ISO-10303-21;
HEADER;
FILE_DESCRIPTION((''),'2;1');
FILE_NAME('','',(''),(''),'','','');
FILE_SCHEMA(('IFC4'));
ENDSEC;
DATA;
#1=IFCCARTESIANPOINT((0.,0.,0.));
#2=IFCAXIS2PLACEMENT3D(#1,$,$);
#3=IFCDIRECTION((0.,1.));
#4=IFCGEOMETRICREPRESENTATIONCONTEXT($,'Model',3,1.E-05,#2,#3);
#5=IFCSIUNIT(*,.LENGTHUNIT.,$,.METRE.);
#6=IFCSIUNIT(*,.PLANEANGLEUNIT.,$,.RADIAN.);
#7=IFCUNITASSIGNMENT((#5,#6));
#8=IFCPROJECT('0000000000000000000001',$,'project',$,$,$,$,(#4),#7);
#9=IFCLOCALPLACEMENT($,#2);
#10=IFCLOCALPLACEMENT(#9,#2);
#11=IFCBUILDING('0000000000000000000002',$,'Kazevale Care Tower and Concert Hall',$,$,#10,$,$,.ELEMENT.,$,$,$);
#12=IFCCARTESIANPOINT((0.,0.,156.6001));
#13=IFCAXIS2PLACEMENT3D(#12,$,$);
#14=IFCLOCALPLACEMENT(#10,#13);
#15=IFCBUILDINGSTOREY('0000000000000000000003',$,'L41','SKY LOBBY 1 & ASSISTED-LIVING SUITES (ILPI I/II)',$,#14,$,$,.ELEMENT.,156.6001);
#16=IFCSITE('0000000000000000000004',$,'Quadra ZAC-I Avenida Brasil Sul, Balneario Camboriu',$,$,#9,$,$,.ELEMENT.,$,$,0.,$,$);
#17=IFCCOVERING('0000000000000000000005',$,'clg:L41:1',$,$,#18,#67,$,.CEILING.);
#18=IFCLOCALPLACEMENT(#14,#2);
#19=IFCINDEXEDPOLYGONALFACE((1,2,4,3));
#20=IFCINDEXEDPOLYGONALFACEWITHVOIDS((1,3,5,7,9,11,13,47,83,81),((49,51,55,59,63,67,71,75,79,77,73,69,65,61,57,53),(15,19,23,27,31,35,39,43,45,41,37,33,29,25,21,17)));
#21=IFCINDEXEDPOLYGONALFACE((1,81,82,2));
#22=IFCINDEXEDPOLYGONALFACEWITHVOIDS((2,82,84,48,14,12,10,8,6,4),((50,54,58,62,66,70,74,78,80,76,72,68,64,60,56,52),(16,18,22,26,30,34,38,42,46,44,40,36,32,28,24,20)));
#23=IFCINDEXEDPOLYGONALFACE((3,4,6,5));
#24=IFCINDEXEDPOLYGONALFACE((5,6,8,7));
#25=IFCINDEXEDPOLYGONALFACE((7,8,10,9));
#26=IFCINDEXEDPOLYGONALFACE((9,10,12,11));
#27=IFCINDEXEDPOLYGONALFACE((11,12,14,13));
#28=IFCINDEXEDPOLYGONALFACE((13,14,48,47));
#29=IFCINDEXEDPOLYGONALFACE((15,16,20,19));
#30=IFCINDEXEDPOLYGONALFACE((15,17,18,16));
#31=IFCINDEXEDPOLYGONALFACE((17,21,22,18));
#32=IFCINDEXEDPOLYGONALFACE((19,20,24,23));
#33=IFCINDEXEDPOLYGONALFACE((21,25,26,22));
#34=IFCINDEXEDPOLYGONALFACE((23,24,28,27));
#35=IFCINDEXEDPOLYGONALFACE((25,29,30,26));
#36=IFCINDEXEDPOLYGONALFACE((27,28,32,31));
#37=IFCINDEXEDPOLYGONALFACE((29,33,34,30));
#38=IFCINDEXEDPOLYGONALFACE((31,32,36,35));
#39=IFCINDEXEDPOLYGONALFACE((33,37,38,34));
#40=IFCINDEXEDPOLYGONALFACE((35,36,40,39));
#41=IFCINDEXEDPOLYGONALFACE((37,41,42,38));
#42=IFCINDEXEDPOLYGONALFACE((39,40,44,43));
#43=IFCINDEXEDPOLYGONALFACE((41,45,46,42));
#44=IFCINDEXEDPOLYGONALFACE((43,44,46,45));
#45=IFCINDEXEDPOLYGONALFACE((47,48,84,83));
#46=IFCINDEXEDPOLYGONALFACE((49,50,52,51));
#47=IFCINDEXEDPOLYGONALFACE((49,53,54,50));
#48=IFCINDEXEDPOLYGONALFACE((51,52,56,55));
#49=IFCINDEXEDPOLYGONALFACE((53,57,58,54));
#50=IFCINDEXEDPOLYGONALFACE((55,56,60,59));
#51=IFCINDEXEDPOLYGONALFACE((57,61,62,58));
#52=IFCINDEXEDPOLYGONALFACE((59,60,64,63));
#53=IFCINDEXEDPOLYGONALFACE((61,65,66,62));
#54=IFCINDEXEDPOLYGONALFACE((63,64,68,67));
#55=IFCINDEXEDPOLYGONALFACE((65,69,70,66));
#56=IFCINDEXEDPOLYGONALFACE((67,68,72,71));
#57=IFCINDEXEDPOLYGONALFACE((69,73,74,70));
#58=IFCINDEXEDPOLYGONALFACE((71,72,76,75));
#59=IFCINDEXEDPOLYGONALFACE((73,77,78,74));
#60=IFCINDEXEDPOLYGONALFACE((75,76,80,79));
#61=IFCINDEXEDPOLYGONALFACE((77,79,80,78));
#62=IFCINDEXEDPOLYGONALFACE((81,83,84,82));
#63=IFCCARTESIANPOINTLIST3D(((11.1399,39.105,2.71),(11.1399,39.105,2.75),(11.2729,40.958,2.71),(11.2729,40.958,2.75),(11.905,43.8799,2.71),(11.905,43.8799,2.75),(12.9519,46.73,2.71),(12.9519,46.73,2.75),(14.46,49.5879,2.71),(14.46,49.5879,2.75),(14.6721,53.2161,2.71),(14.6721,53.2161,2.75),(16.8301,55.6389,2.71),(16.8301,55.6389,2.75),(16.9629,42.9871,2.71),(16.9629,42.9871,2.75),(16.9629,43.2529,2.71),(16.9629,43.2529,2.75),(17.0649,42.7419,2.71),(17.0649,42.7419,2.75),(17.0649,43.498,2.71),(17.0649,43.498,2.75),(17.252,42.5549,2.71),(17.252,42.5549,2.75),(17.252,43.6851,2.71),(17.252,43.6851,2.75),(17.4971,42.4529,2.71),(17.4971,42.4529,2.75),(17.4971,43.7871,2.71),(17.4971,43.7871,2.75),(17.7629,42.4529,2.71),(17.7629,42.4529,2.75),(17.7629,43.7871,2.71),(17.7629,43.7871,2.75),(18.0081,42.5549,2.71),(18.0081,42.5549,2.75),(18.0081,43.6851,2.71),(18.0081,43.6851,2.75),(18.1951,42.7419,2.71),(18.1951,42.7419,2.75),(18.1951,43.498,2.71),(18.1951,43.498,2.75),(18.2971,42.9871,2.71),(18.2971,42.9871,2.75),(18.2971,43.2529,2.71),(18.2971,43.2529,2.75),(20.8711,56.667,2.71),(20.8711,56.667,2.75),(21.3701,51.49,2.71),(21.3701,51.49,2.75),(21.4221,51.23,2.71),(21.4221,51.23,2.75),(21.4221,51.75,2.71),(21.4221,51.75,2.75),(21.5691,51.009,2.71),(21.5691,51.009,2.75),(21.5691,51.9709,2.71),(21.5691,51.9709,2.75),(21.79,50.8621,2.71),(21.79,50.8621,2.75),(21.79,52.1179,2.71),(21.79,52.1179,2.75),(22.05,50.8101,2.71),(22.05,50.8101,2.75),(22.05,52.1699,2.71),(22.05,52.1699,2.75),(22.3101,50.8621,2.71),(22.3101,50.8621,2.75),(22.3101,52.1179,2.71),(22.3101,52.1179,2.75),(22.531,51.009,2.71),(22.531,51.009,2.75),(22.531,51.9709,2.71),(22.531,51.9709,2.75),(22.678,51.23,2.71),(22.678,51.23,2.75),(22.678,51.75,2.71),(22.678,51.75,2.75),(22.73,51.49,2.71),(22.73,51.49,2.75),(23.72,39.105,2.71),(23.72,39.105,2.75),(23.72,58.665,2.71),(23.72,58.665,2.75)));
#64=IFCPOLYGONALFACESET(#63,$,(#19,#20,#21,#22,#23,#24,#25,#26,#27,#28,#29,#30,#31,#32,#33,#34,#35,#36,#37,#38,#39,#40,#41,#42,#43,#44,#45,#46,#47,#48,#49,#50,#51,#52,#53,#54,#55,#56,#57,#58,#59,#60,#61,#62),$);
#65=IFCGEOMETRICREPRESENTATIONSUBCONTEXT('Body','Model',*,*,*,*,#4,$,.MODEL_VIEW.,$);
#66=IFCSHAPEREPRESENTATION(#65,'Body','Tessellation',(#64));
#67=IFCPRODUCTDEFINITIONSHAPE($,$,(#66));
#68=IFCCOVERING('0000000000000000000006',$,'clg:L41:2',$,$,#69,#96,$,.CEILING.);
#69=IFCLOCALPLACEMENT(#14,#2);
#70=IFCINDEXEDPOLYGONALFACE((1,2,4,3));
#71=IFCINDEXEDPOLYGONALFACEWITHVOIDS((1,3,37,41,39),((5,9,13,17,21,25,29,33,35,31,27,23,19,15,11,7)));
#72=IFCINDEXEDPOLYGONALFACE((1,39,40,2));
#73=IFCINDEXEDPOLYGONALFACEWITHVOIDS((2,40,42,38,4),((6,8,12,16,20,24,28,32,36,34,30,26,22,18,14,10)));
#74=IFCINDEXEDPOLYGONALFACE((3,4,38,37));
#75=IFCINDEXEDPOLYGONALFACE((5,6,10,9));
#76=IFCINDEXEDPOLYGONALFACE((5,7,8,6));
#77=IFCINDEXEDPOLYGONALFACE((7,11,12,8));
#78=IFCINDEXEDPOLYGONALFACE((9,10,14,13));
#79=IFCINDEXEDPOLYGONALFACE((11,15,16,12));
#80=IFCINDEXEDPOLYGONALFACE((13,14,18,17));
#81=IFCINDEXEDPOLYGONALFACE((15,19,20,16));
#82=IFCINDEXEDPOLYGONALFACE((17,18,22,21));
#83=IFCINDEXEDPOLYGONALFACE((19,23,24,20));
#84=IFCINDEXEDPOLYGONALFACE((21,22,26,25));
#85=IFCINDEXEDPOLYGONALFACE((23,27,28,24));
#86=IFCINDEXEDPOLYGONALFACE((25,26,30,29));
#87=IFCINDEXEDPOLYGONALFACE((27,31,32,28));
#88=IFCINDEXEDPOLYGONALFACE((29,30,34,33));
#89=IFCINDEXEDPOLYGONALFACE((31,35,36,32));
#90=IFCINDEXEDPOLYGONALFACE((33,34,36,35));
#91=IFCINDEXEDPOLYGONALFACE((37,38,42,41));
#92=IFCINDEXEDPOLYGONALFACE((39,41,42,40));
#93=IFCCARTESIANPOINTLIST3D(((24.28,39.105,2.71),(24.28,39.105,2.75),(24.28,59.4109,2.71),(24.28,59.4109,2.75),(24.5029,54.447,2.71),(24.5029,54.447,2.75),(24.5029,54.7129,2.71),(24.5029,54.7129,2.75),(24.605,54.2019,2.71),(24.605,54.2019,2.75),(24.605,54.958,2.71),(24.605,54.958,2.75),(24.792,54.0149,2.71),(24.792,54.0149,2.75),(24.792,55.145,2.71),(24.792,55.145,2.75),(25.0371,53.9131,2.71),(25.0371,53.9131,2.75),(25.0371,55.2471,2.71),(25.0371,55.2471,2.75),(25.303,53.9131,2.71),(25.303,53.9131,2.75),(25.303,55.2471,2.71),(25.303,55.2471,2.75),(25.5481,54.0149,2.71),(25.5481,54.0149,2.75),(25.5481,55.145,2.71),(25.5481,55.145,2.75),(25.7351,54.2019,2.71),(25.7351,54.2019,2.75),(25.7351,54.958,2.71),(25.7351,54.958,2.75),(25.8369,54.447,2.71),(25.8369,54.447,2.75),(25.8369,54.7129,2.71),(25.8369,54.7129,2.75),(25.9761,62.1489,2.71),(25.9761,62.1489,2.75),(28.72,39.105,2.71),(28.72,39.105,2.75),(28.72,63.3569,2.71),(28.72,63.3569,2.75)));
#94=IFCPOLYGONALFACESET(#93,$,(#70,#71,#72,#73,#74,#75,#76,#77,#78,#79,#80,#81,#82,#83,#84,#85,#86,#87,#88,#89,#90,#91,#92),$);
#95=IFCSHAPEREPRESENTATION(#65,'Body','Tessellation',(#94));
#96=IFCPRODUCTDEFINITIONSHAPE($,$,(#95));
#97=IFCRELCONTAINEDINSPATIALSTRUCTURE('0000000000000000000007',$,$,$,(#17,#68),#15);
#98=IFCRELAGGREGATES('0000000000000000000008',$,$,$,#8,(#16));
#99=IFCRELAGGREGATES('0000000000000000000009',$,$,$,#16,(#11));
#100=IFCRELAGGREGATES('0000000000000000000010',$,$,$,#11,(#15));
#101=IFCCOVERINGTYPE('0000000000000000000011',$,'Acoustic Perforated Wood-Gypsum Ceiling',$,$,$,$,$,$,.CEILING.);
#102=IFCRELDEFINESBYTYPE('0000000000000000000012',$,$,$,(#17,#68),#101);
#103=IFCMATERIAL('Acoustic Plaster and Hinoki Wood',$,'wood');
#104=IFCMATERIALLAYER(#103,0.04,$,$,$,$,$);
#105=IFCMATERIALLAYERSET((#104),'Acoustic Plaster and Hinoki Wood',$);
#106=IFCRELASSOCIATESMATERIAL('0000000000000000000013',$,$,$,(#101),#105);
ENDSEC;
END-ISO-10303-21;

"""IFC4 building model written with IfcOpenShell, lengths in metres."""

from ifc_helpers import new_model, si_unit, direction, frame, origin, place, context, subcontext, project, spatial, polyline, outline, extrude, material, layer, layer_set, type_object, element, save


model = new_model("IFC4")

# Units and contexts
model_context = context("Model", 3, precision=1e-05, world=origin(), true_north=direction((0.0, 1.0)))
body_context = subcontext(model_context, "Body", "Model", "MODEL_VIEW")
ifc_project = project(units=[si_unit("LENGTHUNIT", "METRE"), si_unit("PLANEANGLEUNIT", "RADIAN")], contexts=[model_context])

# Site, building, storey
site_placement = place(None, origin())
site = spatial("IfcSite", under=ifc_project, at=site_placement, Name="Quadra ZAC-I Avenida Brasil Sul, Balneario Camboriu", CompositionType="ELEMENT", RefElevation=0.0)
building_placement = place(site_placement, origin())
building = spatial("IfcBuilding", under=site, at=building_placement, Name="Kazevale Care Tower and Concert Hall", CompositionType="ELEMENT")
storey_placement = place(building_placement, frame((0.0, 0.0, 156.6001)))
storey = spatial("IfcBuildingStorey", under=building, at=storey_placement, Name="L41", Description="SKY LOBBY 1 & ASSISTED-LIVING SUITES (ILPI I/II)", CompositionType="ELEMENT", Elevation=156.6001)

# Coverings
ifc_material_1 = material(Name="Acoustic Plaster and Hinoki Wood", Category="wood")
ifc_layer_1 = layer(ifc_material_1, 0.04)
ifc_layer_set_1 = layer_set([ifc_layer_1], Name="Acoustic Plaster and Hinoki Wood")
covering_type = type_object("IfcCoveringType", Name="Acoustic Perforated Wood-Gypsum Ceiling", PredefinedType="CEILING", material=ifc_layer_set_1)
covering_1_placement = place(storey_placement, frame((0.0, 0.0, 2.71)))
element("IfcCovering", 1, at=covering_1_placement, inside=storey, type_object=covering_type, Name="clg:L41:1", PredefinedType="CEILING", context=body_context, shape_type="SweptSolid", body=[
    extrude(outline(polyline([(11.905, 43.8799), (12.9519, 46.73), (14.46, 49.5879), (14.6721, 53.2161), (16.8301, 55.6389), (20.8711, 56.667), (23.72, 58.665), (23.72, 39.105), (11.1399, 39.105), (11.2729, 40.958), (11.905, 43.8799)]), holes=[polyline([(22.678, 51.75), (22.531, 51.9709), (22.3101, 52.1179), (22.05, 52.1699), (21.79, 52.1179), (21.5691, 51.9709), (21.4221, 51.75), (21.3701, 51.49), (21.4221, 51.23), (21.5691, 51.009), (21.79, 50.8621), (22.05, 50.8101), (22.3101, 50.8621), (22.531, 51.009), (22.678, 51.23), (22.73, 51.49), (22.678, 51.75)]), polyline([(18.2971, 43.2529), (18.1951, 43.498), (18.0081, 43.6851), (17.7629, 43.7871), (17.4971, 43.7871), (17.252, 43.6851), (17.0649, 43.498), (16.9629, 43.2529), (16.9629, 42.9871), (17.0649, 42.7419), (17.252, 42.5549), (17.4971, 42.4529), (17.7629, 42.4529), (18.0081, 42.5549), (18.1951, 42.7419), (18.2971, 42.9871), (18.2971, 43.2529)])]), origin(), (0.0, 0.0, 1.0), 0.04),
])
covering_2_placement = place(storey_placement, frame((0.0, 0.0, 2.71)))
element("IfcCovering", 2, at=covering_2_placement, inside=storey, type_object=covering_type, Name="clg:L41:2", PredefinedType="CEILING", context=body_context, shape_type="SweptSolid", body=[
    extrude(outline(polyline([(28.72, 39.105), (24.28, 39.105), (24.28, 59.4109), (25.9761, 62.1489), (28.72, 63.3569), (28.72, 39.105)]), holes=[polyline([(25.8369, 54.7129), (25.7351, 54.958), (25.5481, 55.145), (25.303, 55.2471), (25.0371, 55.2471), (24.792, 55.145), (24.605, 54.958), (24.5029, 54.7129), (24.5029, 54.447), (24.605, 54.2019), (24.792, 54.0149), (25.0371, 53.9131), (25.303, 53.9131), (25.5481, 54.0149), (25.7351, 54.2019), (25.8369, 54.447), (25.8369, 54.7129)])]), origin(), (0.0, 0.0, 1.0), 0.04),
])

save(model, "model.ifc")
